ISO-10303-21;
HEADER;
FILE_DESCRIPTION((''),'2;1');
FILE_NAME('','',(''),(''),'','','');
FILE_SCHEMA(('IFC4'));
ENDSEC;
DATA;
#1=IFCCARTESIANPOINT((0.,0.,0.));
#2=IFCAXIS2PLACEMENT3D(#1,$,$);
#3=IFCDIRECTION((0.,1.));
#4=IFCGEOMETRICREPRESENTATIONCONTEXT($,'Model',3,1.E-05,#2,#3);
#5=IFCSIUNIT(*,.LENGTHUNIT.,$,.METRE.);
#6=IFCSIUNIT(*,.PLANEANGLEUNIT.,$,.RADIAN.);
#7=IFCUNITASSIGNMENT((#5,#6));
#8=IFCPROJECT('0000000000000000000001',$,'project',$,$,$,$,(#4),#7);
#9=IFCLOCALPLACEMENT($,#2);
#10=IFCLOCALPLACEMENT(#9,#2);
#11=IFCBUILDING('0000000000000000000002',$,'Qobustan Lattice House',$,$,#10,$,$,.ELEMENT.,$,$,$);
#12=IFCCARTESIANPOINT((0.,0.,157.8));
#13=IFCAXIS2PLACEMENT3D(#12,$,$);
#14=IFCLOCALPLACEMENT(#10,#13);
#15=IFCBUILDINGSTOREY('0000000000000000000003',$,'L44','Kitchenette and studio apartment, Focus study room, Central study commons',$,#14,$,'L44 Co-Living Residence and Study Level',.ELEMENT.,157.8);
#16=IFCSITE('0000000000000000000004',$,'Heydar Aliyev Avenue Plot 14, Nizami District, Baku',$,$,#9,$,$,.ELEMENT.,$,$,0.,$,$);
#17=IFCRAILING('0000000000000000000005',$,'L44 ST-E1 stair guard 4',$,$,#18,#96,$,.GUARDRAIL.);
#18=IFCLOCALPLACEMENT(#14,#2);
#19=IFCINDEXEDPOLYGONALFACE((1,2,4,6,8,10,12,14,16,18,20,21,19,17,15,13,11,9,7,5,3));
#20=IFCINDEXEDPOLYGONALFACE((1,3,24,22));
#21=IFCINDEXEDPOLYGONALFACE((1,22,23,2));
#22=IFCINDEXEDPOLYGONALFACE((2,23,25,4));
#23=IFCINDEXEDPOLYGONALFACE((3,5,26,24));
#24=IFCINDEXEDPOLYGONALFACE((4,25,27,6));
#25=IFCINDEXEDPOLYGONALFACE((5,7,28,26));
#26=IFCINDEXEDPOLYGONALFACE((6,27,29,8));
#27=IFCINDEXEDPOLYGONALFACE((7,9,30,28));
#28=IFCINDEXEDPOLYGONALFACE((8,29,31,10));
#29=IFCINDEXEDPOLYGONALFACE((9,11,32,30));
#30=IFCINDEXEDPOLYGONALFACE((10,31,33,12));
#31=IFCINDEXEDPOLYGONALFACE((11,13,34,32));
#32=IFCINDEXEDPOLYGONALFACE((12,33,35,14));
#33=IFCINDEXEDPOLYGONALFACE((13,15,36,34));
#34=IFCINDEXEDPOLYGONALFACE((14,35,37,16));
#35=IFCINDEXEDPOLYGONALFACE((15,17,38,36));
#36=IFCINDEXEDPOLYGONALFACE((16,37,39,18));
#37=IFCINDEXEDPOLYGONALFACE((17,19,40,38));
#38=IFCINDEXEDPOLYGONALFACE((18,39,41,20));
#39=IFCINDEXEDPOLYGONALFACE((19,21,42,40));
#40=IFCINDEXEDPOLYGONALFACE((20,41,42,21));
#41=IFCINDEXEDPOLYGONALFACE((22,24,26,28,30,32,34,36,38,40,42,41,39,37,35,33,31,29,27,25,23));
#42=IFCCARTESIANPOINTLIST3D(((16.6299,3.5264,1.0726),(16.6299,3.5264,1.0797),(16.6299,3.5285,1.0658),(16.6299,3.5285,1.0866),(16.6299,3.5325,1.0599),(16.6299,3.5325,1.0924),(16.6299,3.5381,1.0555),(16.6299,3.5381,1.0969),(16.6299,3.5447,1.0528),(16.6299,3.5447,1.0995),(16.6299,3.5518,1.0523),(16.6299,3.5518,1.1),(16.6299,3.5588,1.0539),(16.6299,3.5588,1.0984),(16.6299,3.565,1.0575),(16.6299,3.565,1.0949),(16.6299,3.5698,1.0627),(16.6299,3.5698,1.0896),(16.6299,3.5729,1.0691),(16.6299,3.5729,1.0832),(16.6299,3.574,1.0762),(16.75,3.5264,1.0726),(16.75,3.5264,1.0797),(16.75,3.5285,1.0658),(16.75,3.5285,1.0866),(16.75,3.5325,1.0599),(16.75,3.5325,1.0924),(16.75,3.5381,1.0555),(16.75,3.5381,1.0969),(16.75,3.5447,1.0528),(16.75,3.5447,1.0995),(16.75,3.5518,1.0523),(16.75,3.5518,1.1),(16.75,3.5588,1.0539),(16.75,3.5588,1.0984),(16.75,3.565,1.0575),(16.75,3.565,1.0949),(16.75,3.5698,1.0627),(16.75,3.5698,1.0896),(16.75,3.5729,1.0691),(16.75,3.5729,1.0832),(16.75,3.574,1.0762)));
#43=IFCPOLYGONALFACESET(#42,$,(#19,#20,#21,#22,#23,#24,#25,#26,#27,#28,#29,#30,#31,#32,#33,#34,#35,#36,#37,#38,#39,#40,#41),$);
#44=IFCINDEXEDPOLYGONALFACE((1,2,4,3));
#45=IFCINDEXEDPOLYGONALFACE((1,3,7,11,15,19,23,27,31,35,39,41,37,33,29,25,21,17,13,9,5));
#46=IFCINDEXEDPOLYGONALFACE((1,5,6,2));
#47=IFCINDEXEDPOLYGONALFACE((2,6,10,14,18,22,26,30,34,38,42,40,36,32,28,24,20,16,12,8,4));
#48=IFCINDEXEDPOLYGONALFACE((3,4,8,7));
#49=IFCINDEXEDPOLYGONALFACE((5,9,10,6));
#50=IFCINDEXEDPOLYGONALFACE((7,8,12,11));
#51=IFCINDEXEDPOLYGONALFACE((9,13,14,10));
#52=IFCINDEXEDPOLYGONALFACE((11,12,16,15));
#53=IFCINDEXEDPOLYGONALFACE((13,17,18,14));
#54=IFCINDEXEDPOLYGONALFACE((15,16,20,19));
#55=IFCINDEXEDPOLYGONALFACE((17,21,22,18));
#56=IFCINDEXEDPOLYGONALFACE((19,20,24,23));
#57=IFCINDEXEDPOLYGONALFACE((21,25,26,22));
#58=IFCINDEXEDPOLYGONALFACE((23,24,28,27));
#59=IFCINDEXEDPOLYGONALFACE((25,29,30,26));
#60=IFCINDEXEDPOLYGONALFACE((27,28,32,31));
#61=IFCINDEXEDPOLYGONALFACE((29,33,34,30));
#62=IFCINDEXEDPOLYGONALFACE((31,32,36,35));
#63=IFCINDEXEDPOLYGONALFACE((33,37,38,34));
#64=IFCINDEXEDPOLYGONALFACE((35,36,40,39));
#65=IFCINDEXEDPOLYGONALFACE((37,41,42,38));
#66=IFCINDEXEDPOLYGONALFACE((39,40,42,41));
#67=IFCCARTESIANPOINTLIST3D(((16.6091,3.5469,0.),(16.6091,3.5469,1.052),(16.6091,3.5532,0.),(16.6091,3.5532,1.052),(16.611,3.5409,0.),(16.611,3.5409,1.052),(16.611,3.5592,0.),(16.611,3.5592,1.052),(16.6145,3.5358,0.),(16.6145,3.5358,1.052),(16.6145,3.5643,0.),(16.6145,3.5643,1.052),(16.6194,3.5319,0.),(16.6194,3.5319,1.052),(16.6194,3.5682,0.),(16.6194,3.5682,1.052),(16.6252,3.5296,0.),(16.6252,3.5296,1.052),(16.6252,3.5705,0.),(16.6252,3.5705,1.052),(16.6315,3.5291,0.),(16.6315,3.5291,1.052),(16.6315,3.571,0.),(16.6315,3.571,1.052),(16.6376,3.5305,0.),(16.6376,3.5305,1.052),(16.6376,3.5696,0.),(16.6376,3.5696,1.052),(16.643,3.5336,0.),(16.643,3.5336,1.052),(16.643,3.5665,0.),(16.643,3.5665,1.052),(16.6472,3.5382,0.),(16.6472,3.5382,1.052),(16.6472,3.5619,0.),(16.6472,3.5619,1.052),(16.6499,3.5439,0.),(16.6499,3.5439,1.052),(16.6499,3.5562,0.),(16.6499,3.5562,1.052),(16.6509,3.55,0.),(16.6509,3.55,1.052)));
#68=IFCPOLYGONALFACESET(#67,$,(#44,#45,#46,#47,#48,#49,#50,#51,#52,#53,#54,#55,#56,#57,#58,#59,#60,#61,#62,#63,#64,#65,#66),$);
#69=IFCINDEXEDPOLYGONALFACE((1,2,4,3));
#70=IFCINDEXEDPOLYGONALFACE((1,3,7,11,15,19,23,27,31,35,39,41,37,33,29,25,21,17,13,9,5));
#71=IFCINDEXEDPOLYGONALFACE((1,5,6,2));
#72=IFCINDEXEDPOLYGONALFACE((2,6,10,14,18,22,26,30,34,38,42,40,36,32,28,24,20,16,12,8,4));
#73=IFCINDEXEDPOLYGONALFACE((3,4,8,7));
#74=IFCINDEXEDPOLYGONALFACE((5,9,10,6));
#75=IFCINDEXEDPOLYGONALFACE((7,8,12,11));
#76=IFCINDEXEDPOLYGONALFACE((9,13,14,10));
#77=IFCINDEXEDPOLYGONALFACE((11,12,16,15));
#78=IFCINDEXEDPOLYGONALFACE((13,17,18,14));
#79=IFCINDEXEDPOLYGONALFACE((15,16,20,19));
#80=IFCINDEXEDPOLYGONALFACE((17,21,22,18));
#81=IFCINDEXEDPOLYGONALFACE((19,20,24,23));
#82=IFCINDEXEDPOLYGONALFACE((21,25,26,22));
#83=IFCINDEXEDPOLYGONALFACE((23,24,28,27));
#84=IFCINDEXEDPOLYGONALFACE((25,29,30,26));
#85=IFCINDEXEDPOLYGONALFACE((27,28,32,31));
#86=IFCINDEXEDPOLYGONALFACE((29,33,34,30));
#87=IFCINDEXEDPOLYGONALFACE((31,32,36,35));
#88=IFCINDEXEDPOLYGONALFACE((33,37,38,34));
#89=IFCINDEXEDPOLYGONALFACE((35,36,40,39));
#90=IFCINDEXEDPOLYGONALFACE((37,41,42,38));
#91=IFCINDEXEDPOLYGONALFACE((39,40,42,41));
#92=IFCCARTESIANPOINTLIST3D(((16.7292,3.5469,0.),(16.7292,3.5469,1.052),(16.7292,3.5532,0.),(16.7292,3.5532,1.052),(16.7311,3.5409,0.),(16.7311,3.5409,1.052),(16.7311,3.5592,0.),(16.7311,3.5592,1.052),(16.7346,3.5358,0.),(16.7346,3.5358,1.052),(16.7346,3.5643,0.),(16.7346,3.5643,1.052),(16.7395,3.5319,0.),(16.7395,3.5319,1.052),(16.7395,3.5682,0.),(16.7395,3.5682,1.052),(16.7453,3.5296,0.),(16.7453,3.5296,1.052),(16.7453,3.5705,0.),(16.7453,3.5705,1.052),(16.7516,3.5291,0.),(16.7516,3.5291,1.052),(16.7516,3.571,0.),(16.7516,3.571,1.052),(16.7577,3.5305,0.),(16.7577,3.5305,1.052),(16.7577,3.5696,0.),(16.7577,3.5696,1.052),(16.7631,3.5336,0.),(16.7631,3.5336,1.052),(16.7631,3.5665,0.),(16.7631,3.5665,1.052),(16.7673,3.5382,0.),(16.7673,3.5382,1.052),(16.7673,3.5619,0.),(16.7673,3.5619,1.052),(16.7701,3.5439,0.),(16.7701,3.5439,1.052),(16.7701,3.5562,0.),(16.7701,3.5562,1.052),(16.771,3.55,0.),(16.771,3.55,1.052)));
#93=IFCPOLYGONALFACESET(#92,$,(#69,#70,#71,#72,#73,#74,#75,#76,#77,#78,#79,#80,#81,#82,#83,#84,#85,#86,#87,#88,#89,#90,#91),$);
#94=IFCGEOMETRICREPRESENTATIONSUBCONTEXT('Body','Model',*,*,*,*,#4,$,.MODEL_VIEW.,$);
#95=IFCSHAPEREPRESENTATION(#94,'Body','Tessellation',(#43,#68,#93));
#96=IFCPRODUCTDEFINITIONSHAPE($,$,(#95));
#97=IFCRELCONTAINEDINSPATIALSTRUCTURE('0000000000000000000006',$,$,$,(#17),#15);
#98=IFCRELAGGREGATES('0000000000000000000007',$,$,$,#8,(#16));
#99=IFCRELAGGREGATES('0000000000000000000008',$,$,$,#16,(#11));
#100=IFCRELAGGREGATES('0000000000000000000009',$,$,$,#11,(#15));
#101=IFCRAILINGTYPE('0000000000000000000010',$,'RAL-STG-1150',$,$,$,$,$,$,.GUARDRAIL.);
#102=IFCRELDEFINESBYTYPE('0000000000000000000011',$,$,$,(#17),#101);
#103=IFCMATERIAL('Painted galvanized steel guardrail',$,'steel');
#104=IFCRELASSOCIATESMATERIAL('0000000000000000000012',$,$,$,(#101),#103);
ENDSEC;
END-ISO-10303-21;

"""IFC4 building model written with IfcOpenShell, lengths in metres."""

from ifc_helpers import new_model, si_unit, direction, frame, origin, origin_2d, place, context, subcontext, project, spatial, circle, extrude, material, type_object, element, save


model = new_model("IFC4")

# Units and contexts
model_context = context("Model", 3, precision=1e-05, world=origin(), true_north=direction((0.0, 1.0)))
body_context = subcontext(model_context, "Body", "Model", "MODEL_VIEW")
ifc_project = project(units=[si_unit("LENGTHUNIT", "METRE"), si_unit("PLANEANGLEUNIT", "RADIAN")], contexts=[model_context])

# Site, building, storey
site_placement = place(None, origin())
site = spatial("IfcSite", under=ifc_project, at=site_placement, Name="Heydar Aliyev Avenue Plot 14, Nizami District, Baku", CompositionType="ELEMENT", RefElevation=0.0)
building_placement = place(site_placement, origin())
building = spatial("IfcBuilding", under=site, at=building_placement, Name="Qobustan Lattice House", CompositionType="ELEMENT")
storey_placement = place(building_placement, frame((0.0, 0.0, 157.8)))
storey = spatial("IfcBuildingStorey", under=building, at=storey_placement, Name="L44", Description="Kitchenette and studio apartment, Focus study room, Central study commons", LongName="L44 Co-Living Residence and Study Level", CompositionType="ELEMENT", Elevation=157.8)

# Railing
ifc_material_1 = material(Name="Painted galvanized steel guardrail", Category="steel")
railing_type_1 = type_object("IfcRailingType", Name="RAL-STG-1150", PredefinedType="GUARDRAIL", material=ifc_material_1)
railing_1_placement = place(storey_placement, frame((16.6299, 3.55, 0.0)))
element("IfcRailing", 1, at=railing_1_placement, inside=storey, type_object=railing_type_1, Name="L44 ST-E1 stair guard 4", PredefinedType="GUARDRAIL", context=body_context, shape_type="SweptSolid", body=[
    extrude(circle(Radius=0.0239, at=origin_2d()), frame((0.0, 0.0, 1.0762), z_axis=(1.0, 0.0, 0.0), x_axis=(0.0, 1.0, 0.0)), (0.0, 0.0, 1.0), 0.1201),
    extrude(circle(Radius=0.021, at=origin_2d()), origin(), (0.0, 0.0, 1.0), 1.052),
    extrude(circle(Radius=0.021, at=origin_2d()), frame((0.1201, 0.0, 0.0)), (0.0, 0.0, 1.0), 1.052),
])

save(model, "model.ifc")
